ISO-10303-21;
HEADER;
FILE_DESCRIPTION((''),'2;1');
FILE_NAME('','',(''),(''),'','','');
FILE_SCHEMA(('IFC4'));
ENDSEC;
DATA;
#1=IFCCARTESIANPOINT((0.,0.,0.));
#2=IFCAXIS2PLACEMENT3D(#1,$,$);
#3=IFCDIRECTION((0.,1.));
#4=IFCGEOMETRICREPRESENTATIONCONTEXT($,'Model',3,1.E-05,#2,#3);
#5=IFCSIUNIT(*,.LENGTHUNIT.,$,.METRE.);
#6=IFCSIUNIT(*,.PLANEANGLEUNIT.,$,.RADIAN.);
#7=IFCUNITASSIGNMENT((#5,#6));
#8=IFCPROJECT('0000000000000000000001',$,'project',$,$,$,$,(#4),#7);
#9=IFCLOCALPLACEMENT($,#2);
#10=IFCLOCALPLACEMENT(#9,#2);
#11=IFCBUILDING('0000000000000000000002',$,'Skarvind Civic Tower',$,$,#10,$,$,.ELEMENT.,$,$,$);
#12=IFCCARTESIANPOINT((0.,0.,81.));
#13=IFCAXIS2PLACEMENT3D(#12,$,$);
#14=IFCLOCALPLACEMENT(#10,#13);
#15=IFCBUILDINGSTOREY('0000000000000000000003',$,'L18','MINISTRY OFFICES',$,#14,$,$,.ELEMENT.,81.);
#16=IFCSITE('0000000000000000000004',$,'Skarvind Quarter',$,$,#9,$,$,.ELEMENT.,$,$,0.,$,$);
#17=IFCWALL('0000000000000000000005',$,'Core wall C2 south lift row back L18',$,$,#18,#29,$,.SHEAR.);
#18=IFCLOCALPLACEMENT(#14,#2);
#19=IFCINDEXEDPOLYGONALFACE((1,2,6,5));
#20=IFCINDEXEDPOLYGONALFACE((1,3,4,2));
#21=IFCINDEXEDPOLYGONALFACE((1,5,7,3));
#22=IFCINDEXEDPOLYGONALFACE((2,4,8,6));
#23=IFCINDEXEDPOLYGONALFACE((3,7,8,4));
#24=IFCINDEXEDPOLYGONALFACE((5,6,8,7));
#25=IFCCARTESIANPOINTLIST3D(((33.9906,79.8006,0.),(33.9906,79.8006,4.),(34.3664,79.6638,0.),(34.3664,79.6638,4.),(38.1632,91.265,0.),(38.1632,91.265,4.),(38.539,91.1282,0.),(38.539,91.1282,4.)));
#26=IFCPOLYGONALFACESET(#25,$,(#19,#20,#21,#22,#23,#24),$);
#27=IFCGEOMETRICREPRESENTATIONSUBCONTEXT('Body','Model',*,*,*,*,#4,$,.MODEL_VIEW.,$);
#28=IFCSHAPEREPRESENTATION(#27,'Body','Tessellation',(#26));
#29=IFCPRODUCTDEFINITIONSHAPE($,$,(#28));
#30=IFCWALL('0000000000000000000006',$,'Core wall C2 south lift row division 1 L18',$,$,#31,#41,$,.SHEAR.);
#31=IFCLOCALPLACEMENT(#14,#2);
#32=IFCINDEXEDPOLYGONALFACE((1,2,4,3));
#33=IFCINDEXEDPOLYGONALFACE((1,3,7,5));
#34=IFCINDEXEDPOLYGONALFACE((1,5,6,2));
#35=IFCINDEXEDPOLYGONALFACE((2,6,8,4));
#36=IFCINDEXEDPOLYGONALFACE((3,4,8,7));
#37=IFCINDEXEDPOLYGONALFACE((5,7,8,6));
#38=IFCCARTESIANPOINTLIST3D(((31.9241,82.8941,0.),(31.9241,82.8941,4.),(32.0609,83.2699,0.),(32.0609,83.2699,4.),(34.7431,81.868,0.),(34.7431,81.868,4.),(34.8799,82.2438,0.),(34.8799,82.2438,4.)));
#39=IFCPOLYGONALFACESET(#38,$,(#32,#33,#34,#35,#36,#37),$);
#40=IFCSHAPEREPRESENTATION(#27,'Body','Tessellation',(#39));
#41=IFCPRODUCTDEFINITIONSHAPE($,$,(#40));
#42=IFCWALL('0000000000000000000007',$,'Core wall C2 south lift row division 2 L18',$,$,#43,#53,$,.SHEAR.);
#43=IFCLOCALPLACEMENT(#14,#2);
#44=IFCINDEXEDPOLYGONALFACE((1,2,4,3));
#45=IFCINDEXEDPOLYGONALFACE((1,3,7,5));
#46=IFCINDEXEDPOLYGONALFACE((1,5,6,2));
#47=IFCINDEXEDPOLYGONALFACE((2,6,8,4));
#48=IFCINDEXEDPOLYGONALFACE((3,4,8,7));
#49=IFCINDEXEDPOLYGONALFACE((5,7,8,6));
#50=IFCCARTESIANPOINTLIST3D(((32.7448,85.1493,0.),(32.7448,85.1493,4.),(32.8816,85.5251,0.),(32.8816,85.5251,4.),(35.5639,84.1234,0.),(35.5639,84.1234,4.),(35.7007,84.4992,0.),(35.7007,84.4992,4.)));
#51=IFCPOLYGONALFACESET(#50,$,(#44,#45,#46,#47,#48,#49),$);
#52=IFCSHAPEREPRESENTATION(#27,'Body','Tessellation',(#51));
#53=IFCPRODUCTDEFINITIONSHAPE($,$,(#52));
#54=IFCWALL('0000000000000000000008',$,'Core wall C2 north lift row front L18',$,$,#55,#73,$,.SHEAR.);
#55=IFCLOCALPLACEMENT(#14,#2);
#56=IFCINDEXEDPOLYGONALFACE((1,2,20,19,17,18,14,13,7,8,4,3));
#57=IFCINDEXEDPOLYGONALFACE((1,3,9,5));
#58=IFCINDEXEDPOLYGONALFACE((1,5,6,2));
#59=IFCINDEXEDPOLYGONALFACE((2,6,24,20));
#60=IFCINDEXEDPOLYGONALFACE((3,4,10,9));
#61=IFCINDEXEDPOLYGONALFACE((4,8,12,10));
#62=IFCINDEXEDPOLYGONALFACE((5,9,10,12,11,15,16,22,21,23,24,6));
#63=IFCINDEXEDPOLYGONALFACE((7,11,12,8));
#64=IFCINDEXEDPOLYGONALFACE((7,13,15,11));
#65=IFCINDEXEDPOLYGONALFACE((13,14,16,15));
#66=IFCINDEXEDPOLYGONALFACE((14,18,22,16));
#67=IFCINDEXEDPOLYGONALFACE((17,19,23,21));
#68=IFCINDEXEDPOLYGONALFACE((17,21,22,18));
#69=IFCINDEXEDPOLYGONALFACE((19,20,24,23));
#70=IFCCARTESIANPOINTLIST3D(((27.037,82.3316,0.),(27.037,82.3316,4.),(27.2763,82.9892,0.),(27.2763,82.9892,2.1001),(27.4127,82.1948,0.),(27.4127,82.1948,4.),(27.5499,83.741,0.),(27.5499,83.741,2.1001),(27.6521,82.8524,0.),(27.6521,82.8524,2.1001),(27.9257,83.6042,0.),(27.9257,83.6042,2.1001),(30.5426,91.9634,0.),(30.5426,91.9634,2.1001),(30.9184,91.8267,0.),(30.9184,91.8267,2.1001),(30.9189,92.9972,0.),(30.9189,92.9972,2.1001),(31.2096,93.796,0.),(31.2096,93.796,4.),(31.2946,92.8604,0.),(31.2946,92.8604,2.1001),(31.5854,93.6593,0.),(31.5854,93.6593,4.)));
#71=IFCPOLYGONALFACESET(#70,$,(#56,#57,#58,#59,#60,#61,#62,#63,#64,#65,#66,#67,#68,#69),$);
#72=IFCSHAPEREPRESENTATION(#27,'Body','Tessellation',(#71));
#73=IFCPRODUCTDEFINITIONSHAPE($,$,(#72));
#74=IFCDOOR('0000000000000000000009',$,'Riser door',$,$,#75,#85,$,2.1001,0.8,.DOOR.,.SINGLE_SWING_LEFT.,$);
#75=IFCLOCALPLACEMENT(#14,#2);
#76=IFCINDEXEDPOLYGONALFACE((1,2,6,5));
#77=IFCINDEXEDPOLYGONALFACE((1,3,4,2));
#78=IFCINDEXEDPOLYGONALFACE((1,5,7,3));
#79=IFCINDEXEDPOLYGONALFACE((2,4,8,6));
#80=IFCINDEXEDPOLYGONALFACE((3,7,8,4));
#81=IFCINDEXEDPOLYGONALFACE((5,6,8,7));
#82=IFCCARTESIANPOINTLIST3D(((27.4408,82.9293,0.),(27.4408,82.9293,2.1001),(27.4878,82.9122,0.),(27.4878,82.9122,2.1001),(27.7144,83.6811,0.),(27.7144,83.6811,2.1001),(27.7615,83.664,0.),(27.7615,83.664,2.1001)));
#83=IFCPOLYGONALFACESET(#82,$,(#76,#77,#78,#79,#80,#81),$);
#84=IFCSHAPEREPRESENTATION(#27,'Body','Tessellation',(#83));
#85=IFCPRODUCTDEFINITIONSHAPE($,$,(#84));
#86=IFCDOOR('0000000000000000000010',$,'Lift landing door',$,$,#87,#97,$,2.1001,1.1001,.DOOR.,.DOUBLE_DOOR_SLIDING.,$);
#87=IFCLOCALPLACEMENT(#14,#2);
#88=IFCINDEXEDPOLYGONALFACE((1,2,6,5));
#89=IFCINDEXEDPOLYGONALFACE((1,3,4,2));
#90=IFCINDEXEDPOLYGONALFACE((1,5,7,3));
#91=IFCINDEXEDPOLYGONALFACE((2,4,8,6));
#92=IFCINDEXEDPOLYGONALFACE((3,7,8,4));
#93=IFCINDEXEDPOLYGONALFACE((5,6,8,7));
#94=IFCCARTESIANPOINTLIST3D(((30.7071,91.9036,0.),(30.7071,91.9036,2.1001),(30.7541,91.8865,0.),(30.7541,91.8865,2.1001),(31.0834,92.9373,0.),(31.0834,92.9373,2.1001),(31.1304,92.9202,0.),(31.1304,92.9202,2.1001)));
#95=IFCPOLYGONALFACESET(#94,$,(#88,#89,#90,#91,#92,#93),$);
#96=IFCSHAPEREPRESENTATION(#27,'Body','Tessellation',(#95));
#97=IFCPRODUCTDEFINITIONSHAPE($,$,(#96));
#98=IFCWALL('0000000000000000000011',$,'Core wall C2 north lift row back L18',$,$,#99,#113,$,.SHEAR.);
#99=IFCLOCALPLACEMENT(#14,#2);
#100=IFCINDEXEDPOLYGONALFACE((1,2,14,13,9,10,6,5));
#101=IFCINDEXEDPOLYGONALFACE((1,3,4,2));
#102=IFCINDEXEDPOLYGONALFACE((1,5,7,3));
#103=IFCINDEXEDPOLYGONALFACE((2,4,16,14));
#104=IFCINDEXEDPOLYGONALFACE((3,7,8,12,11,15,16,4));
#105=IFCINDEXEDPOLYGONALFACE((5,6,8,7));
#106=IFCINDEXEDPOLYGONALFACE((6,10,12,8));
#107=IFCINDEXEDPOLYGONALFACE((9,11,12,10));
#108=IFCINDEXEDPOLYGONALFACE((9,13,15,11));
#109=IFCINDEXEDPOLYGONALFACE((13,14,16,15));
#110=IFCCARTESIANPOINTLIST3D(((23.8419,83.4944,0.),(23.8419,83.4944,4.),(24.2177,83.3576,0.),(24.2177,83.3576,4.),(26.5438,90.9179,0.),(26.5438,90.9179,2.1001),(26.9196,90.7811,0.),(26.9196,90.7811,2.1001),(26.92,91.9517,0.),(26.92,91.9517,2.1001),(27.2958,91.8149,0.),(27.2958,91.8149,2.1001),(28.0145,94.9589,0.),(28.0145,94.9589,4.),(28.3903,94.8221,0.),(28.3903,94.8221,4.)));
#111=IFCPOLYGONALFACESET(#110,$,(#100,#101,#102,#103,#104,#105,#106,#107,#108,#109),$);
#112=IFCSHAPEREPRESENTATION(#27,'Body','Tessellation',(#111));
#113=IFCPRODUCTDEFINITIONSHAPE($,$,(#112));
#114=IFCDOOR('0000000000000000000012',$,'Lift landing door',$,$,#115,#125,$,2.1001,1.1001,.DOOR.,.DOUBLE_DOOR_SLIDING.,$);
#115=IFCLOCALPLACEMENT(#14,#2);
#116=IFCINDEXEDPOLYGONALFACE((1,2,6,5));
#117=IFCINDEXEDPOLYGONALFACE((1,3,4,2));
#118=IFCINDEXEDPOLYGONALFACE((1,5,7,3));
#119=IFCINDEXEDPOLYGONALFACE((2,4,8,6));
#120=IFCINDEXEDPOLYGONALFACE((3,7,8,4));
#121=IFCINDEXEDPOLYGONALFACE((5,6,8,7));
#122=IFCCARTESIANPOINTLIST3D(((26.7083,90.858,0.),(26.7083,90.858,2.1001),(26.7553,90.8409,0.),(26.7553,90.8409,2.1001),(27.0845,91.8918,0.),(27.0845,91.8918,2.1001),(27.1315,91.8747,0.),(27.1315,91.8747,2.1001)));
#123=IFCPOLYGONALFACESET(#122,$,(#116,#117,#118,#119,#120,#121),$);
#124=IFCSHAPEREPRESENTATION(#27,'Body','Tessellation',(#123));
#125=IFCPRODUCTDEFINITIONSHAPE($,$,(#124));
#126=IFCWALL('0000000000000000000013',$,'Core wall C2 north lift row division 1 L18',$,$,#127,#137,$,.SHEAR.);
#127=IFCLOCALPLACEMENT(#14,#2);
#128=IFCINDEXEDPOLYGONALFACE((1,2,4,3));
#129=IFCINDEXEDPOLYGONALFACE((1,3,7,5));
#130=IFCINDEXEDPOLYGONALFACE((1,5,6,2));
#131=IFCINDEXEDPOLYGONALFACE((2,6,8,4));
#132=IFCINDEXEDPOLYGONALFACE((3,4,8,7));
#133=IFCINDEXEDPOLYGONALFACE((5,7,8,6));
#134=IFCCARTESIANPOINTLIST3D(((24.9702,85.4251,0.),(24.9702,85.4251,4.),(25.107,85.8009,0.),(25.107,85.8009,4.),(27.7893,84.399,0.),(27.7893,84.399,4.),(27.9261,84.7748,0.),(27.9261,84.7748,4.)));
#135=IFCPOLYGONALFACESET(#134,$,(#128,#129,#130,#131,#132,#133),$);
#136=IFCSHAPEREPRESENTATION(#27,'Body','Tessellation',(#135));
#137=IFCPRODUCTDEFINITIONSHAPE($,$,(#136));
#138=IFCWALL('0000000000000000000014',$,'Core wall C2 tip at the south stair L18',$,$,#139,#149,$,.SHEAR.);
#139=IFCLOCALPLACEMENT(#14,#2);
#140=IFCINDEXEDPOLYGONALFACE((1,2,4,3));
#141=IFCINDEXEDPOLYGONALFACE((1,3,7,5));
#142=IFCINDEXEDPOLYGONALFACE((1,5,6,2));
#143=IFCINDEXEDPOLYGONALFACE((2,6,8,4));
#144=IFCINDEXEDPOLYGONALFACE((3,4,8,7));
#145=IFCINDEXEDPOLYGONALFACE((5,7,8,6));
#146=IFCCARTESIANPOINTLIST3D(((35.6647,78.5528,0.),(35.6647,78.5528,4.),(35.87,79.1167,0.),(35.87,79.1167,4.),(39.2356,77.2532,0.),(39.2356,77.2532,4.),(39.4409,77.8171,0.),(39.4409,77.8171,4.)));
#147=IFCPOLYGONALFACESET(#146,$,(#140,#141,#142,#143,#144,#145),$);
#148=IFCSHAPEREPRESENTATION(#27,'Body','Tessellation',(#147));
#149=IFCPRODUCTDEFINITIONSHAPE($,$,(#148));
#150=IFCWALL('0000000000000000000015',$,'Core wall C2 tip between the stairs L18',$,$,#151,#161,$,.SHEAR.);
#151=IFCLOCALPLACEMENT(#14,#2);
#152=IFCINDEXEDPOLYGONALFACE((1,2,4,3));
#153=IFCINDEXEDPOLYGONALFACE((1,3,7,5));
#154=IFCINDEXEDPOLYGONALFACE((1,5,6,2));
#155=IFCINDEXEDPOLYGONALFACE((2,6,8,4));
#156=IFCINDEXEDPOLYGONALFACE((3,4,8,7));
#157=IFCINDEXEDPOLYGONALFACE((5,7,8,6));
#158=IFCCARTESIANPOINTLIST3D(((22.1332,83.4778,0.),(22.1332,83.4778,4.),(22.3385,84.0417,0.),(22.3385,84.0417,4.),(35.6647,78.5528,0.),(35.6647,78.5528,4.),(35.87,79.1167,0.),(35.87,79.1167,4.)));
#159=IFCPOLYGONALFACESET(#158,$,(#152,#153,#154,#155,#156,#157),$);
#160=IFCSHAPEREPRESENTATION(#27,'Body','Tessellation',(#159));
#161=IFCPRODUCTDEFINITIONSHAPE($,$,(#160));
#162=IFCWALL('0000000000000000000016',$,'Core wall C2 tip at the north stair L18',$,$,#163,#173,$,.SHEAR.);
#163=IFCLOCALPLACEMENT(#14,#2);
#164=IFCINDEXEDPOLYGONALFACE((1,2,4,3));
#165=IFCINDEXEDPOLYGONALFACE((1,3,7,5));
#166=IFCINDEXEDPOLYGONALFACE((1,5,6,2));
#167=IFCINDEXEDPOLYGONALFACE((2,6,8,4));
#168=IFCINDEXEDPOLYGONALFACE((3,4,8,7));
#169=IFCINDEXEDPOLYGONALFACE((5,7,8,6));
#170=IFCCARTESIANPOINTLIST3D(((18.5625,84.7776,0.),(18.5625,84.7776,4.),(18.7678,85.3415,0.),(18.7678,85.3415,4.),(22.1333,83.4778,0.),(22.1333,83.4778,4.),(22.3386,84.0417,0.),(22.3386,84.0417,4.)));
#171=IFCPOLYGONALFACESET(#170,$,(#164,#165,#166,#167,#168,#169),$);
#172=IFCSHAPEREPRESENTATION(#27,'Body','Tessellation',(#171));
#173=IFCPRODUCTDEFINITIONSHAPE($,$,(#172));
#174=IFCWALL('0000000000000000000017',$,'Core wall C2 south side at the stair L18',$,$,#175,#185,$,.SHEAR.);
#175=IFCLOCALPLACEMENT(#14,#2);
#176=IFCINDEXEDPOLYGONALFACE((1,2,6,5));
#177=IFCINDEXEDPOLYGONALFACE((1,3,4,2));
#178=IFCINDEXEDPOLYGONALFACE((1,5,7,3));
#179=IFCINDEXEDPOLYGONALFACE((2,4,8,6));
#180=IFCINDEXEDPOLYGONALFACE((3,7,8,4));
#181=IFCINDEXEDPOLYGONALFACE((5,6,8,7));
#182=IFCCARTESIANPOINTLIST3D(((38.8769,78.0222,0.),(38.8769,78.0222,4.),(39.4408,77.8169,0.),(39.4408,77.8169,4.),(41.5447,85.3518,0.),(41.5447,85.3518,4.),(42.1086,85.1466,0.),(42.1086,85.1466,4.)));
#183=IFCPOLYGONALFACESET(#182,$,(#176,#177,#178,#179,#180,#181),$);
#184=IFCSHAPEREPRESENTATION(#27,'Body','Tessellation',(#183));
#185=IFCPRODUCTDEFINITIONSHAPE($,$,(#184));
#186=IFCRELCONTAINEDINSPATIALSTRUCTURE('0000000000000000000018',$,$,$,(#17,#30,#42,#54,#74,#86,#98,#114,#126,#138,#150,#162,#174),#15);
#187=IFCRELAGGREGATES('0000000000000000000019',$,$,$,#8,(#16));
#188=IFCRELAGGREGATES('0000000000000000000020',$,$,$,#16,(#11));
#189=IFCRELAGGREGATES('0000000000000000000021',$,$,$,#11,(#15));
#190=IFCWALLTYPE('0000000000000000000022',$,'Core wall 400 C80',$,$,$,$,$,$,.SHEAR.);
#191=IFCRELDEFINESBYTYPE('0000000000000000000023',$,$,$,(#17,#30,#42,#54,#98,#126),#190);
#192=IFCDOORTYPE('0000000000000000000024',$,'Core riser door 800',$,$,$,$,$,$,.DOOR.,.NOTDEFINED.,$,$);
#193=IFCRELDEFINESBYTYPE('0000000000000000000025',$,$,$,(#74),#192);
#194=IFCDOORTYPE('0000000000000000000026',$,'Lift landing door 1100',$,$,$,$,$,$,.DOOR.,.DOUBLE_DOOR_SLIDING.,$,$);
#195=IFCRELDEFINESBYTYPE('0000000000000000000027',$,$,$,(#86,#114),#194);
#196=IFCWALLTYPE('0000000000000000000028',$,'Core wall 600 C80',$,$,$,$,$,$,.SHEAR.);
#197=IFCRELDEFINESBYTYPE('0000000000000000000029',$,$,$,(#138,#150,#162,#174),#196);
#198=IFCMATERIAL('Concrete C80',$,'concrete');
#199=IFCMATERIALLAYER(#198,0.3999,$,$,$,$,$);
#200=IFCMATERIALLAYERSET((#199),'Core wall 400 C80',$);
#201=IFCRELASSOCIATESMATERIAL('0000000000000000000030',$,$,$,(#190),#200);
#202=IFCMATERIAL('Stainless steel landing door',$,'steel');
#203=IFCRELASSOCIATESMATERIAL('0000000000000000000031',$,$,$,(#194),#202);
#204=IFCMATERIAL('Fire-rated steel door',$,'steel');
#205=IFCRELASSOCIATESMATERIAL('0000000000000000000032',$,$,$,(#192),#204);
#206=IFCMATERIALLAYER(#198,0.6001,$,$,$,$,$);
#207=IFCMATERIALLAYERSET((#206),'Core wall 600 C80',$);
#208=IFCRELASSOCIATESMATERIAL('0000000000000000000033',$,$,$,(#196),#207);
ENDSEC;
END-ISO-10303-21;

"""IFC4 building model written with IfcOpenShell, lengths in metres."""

from ifc_helpers import new_model, si_unit, direction, frame, frame_2d, origin, place, context, subcontext, project, spatial, rectangle, extrude, material, layer, layer_set, type_object, element, fill, save


model = new_model("IFC4")

# Units and contexts
model_context = context("Model", 3, precision=1e-05, world=origin(), true_north=direction((0.0, 1.0)))
body_context = subcontext(model_context, "Body", "Model", "MODEL_VIEW")
ifc_project = project(units=[si_unit("LENGTHUNIT", "METRE"), si_unit("PLANEANGLEUNIT", "RADIAN")], contexts=[model_context])

# Site, building, storey
site_placement = place(None, origin())
site = spatial("IfcSite", under=ifc_project, at=site_placement, Name="Skarvind Quarter", CompositionType="ELEMENT", RefElevation=0.0)
building_placement = place(site_placement, origin())
building = spatial("IfcBuilding", under=site, at=building_placement, Name="Skarvind Civic Tower", CompositionType="ELEMENT")
storey_placement = place(building_placement, frame((0.0, 0.0, 81.0)))
storey = spatial("IfcBuildingStorey", under=building, at=storey_placement, Name="L18", Description="MINISTRY OFFICES", CompositionType="ELEMENT", Elevation=81.0)

# Shared definitions
ifc_material_1 = material(Name="Concrete C80", Category="concrete")
ifc_layer_1 = layer(ifc_material_1, 0.3999)
ifc_layer_set_1 = layer_set([ifc_layer_1], Name="Core wall 400 C80")
wall_type_1 = type_object("IfcWallType", Name="Core wall 400 C80", PredefinedType="SHEAR", material=ifc_layer_set_1)

# Shared definitions
ifc_material_2 = material(Name="Fire-rated steel door", Category="steel")

# Shared definitions
ifc_material_3 = material(Name="Stainless steel landing door", Category="steel")
door_type_1 = type_object("IfcDoorType", Name="Lift landing door 1100", OperationType="DOUBLE_DOOR_SLIDING", PredefinedType="DOOR", material=ifc_material_3)

# Walls
wall_1_placement = place(storey_placement, frame((34.1785, 79.7322, 0.0), z_axis=(0.0, 0.0, 1.0), x_axis=(0.342015, 0.939695, 0.0)))
element("IfcWall", 1, at=wall_1_placement, inside=storey, type_object=wall_type_1, Name="Core wall C2 south lift row back L18", PredefinedType="SHEAR", context=body_context, shape_type="SweptSolid", body=[
    extrude(rectangle(XDim=12.2002, YDim=0.3999, at=frame_2d((6.1001, 0.0))), origin(), (0.0, 0.0, 1.0), 4.0),
])
for number, where, z_axis, x_axis, name in (
    (2, (34.8115, 82.0559, 0.0), (0.0, 0.0, 1.0), (-0.939686, 0.342037, 0.0), "Core wall C2 south lift row division 1 L18"),
    (3, (35.6323, 84.3113, 0.0), (0.0, 0.0, 1.0), (-0.939713, 0.341965, 0.0), "Core wall C2 south lift row division 2 L18"),
):
    element("IfcWall", number, at=place(storey_placement, frame(where, z_axis=z_axis, x_axis=x_axis)), inside=storey, type_object=wall_type_1, Name=name, PredefinedType="SHEAR", context=body_context, shape_type="SweptSolid", body=[
        extrude(rectangle(XDim=3.0, YDim=0.3999, at=frame_2d((1.5, 0.0))), origin(), (0.0, 0.0, 1.0), 4.0),
    ])

# Wall, openings, doors
wall_2_placement = place(storey_placement, frame((27.2249, 82.2632, 0.0), z_axis=(0.0, 0.0, 1.0), x_axis=(0.342015, 0.939695, 0.0)))
wall_2 = element("IfcWall", 4, at=wall_2_placement, inside=storey, type_object=wall_type_1, Name="Core wall C2 north lift row front L18", PredefinedType="SHEAR", context=body_context, shape_type="SweptSolid", body=[
    extrude(rectangle(XDim=12.2002, YDim=0.3999, at=frame_2d((6.1001, 0.0))), origin(), (0.0, 0.0, 1.0), 4.0),
])
opening_1_placement = place(wall_2_placement, frame((10.25, 0.0, 0.0)))
opening_1 = element("IfcOpeningElement", 5, at=opening_1_placement, cuts=wall_2, PredefinedType="OPENING", context=body_context, shape_type="SweptSolid", body=[
    extrude(rectangle(XDim=1.1001, YDim=2.1001, at=frame_2d((0.55, 1.05))), frame((0.0, 0.21, 0.0), z_axis=(0.0, -1.0, 0.0), x_axis=(1.0, 0.0, 0.0)), (0.0, 0.0, 1.0), 0.4199),
])
opening_2_placement = place(wall_2_placement, frame((0.7, 0.0, 0.0)))
opening_2 = element("IfcOpeningElement", 6, at=opening_2_placement, cuts=wall_2, PredefinedType="OPENING", context=body_context, shape_type="SweptSolid", body=[
    extrude(rectangle(XDim=0.8, YDim=2.1001, at=frame_2d((0.3999, 1.05))), frame((0.0, 0.21, 0.0), z_axis=(0.0, -1.0, 0.0), x_axis=(1.0, 0.0, 0.0)), (0.0, 0.0, 1.0), 0.4199),
])
door_type_2 = type_object("IfcDoorType", Name="Core riser door 800", OperationType="NOTDEFINED", PredefinedType="DOOR", material=ifc_material_2)
door_1_placement = place(opening_2_placement, origin())
door_1 = element("IfcDoor", 7, at=door_1_placement, inside=storey, type_object=door_type_2, Name="Riser door", OperationType="SINGLE_SWING_LEFT", OverallHeight=2.1001, OverallWidth=0.8, PredefinedType="DOOR", context=body_context, shape_type="SweptSolid", body=[
    extrude(rectangle(XDim=0.8, YDim=2.1001, at=frame_2d((0.3999, 1.05))), frame((0.0, 0.0249, 0.0), z_axis=(0.0, -1.0, 0.0), x_axis=(1.0, 0.0, 0.0)), (0.0, 0.0, 1.0), 0.05),
])
fill(opening_2, door_1)
door_2_placement = place(opening_1_placement, origin())
door_2 = element("IfcDoor", 8, at=door_2_placement, inside=storey, type_object=door_type_1, Name="Lift landing door", OperationType="DOUBLE_DOOR_SLIDING", OverallHeight=2.1001, OverallWidth=1.1001, PredefinedType="DOOR", context=body_context, shape_type="SweptSolid", body=[
    extrude(rectangle(XDim=1.1001, YDim=2.1001, at=frame_2d((0.55, 1.05))), frame((0.0, 0.0249, 0.0), z_axis=(0.0, -1.0, 0.0), x_axis=(1.0, 0.0, 0.0)), (0.0, 0.0, 1.0), 0.05),
])
fill(opening_1, door_2)

# Wall, opening, door
wall_3_placement = place(storey_placement, frame((24.0298, 83.426, 0.0), z_axis=(0.0, 0.0, 1.0), x_axis=(0.342015, 0.939695, 0.0)))
wall_3 = element("IfcWall", 9, at=wall_3_placement, inside=storey, type_object=wall_type_1, Name="Core wall C2 north lift row back L18", PredefinedType="SHEAR", context=body_context, shape_type="SweptSolid", body=[
    extrude(rectangle(XDim=12.2002, YDim=0.3999, at=frame_2d((6.1001, 0.0))), origin(), (0.0, 0.0, 1.0), 4.0),
])
opening_3_placement = place(wall_3_placement, frame((7.8999, 0.0, 0.0)))
opening_3 = element("IfcOpeningElement", 10, at=opening_3_placement, cuts=wall_3, PredefinedType="OPENING", context=body_context, shape_type="SweptSolid", body=[
    extrude(rectangle(XDim=1.1001, YDim=2.1001, at=frame_2d((0.55, 1.05))), frame((0.0, 0.21, 0.0), z_axis=(0.0, -1.0, 0.0), x_axis=(1.0, 0.0, 0.0)), (0.0, 0.0, 1.0), 0.4199),
])
door_3_placement = place(opening_3_placement, origin())
door_3 = element("IfcDoor", 11, at=door_3_placement, inside=storey, type_object=door_type_1, Name="Lift landing door", OperationType="DOUBLE_DOOR_SLIDING", OverallHeight=2.1001, OverallWidth=1.1001, PredefinedType="DOOR", context=body_context, shape_type="SweptSolid", body=[
    extrude(rectangle(XDim=1.1001, YDim=2.1001, at=frame_2d((0.55, 1.05))), frame((0.0, 0.0249, 0.0), z_axis=(0.0, -1.0, 0.0), x_axis=(1.0, 0.0, 0.0)), (0.0, 0.0, 1.0), 0.05),
])
fill(opening_3, door_3)

# Walls
wall_4_placement = place(storey_placement, frame((27.8577, 84.5869, 0.0), z_axis=(0.0, 0.0, 1.0), x_axis=(-0.939686, 0.342037, 0.0)))
element("IfcWall", 12, at=wall_4_placement, inside=storey, type_object=wall_type_1, Name="Core wall C2 north lift row division 1 L18", PredefinedType="SHEAR", context=body_context, shape_type="SweptSolid", body=[
    extrude(rectangle(XDim=3.0, YDim=0.3999, at=frame_2d((1.5, 0.0))), origin(), (0.0, 0.0, 1.0), 4.0),
])
ifc_layer_2 = layer(ifc_material_1, 0.6001)
ifc_layer_set_2 = layer_set([ifc_layer_2], Name="Core wall 600 C80")
wall_type_2 = type_object("IfcWallType", Name="Core wall 600 C80", PredefinedType="SHEAR", material=ifc_layer_set_2)
wall_5_placement = place(storey_placement, frame((39.3381, 77.5352, 0.0), z_axis=(0.0, 0.0, 1.0), x_axis=(-0.939701, 0.341996, 0.0)))
element("IfcWall", 13, at=wall_5_placement, inside=storey, type_object=wall_type_2, Name="Core wall C2 tip at the south stair L18", PredefinedType="SHEAR", context=body_context, shape_type="SweptSolid", body=[
    extrude(rectangle(XDim=3.8, YDim=0.6001, at=frame_2d((1.8999, 0.0))), origin(), (0.0, 0.0, 1.0), 4.0),
])
wall_6_placement = place(storey_placement, frame((35.7673, 78.8347, 0.0), z_axis=(0.0, 0.0, 1.0), x_axis=(-0.939693, 0.342019, 0.0)))
element("IfcWall", 14, at=wall_6_placement, inside=storey, type_object=wall_type_2, Name="Core wall C2 tip between the stairs L18", PredefinedType="SHEAR", context=body_context, shape_type="SweptSolid", body=[
    extrude(rectangle(XDim=14.3999, YDim=0.6001, at=frame_2d((7.2, 0.0))), origin(), (0.0, 0.0, 1.0), 4.0),
])
wall_7_placement = place(storey_placement, frame((22.2358, 83.7598, 0.0), z_axis=(0.0, 0.0, 1.0), x_axis=(-0.939681, 0.342053, 0.0)))
element("IfcWall", 15, at=wall_7_placement, inside=storey, type_object=wall_type_2, Name="Core wall C2 tip at the north stair L18", PredefinedType="SHEAR", context=body_context, shape_type="SweptSolid", body=[
    extrude(rectangle(XDim=3.8, YDim=0.6001, at=frame_2d((1.8999, 0.0))), origin(), (0.0, 0.0, 1.0), 4.0),
])
for number, where, z_axis, x_axis, name in (
    (16, (39.1589, 77.9197, 0.0), (0.0, 0.0, 1.0), (0.342017, 0.939694, 0.0), "Core wall C2 south side at the stair L18"),
):
    element("IfcWall", number, at=place(storey_placement, frame(where, z_axis=z_axis, x_axis=x_axis)), inside=storey, type_object=wall_type_2, Name=name, PredefinedType="SHEAR", context=body_context, shape_type="SweptSolid", body=[
        extrude(rectangle(XDim=7.8, YDim=0.6001, at=frame_2d((3.8999, 0.0))), origin(), (0.0, 0.0, 1.0), 4.0),
    ])

save(model, "model.ifc")
